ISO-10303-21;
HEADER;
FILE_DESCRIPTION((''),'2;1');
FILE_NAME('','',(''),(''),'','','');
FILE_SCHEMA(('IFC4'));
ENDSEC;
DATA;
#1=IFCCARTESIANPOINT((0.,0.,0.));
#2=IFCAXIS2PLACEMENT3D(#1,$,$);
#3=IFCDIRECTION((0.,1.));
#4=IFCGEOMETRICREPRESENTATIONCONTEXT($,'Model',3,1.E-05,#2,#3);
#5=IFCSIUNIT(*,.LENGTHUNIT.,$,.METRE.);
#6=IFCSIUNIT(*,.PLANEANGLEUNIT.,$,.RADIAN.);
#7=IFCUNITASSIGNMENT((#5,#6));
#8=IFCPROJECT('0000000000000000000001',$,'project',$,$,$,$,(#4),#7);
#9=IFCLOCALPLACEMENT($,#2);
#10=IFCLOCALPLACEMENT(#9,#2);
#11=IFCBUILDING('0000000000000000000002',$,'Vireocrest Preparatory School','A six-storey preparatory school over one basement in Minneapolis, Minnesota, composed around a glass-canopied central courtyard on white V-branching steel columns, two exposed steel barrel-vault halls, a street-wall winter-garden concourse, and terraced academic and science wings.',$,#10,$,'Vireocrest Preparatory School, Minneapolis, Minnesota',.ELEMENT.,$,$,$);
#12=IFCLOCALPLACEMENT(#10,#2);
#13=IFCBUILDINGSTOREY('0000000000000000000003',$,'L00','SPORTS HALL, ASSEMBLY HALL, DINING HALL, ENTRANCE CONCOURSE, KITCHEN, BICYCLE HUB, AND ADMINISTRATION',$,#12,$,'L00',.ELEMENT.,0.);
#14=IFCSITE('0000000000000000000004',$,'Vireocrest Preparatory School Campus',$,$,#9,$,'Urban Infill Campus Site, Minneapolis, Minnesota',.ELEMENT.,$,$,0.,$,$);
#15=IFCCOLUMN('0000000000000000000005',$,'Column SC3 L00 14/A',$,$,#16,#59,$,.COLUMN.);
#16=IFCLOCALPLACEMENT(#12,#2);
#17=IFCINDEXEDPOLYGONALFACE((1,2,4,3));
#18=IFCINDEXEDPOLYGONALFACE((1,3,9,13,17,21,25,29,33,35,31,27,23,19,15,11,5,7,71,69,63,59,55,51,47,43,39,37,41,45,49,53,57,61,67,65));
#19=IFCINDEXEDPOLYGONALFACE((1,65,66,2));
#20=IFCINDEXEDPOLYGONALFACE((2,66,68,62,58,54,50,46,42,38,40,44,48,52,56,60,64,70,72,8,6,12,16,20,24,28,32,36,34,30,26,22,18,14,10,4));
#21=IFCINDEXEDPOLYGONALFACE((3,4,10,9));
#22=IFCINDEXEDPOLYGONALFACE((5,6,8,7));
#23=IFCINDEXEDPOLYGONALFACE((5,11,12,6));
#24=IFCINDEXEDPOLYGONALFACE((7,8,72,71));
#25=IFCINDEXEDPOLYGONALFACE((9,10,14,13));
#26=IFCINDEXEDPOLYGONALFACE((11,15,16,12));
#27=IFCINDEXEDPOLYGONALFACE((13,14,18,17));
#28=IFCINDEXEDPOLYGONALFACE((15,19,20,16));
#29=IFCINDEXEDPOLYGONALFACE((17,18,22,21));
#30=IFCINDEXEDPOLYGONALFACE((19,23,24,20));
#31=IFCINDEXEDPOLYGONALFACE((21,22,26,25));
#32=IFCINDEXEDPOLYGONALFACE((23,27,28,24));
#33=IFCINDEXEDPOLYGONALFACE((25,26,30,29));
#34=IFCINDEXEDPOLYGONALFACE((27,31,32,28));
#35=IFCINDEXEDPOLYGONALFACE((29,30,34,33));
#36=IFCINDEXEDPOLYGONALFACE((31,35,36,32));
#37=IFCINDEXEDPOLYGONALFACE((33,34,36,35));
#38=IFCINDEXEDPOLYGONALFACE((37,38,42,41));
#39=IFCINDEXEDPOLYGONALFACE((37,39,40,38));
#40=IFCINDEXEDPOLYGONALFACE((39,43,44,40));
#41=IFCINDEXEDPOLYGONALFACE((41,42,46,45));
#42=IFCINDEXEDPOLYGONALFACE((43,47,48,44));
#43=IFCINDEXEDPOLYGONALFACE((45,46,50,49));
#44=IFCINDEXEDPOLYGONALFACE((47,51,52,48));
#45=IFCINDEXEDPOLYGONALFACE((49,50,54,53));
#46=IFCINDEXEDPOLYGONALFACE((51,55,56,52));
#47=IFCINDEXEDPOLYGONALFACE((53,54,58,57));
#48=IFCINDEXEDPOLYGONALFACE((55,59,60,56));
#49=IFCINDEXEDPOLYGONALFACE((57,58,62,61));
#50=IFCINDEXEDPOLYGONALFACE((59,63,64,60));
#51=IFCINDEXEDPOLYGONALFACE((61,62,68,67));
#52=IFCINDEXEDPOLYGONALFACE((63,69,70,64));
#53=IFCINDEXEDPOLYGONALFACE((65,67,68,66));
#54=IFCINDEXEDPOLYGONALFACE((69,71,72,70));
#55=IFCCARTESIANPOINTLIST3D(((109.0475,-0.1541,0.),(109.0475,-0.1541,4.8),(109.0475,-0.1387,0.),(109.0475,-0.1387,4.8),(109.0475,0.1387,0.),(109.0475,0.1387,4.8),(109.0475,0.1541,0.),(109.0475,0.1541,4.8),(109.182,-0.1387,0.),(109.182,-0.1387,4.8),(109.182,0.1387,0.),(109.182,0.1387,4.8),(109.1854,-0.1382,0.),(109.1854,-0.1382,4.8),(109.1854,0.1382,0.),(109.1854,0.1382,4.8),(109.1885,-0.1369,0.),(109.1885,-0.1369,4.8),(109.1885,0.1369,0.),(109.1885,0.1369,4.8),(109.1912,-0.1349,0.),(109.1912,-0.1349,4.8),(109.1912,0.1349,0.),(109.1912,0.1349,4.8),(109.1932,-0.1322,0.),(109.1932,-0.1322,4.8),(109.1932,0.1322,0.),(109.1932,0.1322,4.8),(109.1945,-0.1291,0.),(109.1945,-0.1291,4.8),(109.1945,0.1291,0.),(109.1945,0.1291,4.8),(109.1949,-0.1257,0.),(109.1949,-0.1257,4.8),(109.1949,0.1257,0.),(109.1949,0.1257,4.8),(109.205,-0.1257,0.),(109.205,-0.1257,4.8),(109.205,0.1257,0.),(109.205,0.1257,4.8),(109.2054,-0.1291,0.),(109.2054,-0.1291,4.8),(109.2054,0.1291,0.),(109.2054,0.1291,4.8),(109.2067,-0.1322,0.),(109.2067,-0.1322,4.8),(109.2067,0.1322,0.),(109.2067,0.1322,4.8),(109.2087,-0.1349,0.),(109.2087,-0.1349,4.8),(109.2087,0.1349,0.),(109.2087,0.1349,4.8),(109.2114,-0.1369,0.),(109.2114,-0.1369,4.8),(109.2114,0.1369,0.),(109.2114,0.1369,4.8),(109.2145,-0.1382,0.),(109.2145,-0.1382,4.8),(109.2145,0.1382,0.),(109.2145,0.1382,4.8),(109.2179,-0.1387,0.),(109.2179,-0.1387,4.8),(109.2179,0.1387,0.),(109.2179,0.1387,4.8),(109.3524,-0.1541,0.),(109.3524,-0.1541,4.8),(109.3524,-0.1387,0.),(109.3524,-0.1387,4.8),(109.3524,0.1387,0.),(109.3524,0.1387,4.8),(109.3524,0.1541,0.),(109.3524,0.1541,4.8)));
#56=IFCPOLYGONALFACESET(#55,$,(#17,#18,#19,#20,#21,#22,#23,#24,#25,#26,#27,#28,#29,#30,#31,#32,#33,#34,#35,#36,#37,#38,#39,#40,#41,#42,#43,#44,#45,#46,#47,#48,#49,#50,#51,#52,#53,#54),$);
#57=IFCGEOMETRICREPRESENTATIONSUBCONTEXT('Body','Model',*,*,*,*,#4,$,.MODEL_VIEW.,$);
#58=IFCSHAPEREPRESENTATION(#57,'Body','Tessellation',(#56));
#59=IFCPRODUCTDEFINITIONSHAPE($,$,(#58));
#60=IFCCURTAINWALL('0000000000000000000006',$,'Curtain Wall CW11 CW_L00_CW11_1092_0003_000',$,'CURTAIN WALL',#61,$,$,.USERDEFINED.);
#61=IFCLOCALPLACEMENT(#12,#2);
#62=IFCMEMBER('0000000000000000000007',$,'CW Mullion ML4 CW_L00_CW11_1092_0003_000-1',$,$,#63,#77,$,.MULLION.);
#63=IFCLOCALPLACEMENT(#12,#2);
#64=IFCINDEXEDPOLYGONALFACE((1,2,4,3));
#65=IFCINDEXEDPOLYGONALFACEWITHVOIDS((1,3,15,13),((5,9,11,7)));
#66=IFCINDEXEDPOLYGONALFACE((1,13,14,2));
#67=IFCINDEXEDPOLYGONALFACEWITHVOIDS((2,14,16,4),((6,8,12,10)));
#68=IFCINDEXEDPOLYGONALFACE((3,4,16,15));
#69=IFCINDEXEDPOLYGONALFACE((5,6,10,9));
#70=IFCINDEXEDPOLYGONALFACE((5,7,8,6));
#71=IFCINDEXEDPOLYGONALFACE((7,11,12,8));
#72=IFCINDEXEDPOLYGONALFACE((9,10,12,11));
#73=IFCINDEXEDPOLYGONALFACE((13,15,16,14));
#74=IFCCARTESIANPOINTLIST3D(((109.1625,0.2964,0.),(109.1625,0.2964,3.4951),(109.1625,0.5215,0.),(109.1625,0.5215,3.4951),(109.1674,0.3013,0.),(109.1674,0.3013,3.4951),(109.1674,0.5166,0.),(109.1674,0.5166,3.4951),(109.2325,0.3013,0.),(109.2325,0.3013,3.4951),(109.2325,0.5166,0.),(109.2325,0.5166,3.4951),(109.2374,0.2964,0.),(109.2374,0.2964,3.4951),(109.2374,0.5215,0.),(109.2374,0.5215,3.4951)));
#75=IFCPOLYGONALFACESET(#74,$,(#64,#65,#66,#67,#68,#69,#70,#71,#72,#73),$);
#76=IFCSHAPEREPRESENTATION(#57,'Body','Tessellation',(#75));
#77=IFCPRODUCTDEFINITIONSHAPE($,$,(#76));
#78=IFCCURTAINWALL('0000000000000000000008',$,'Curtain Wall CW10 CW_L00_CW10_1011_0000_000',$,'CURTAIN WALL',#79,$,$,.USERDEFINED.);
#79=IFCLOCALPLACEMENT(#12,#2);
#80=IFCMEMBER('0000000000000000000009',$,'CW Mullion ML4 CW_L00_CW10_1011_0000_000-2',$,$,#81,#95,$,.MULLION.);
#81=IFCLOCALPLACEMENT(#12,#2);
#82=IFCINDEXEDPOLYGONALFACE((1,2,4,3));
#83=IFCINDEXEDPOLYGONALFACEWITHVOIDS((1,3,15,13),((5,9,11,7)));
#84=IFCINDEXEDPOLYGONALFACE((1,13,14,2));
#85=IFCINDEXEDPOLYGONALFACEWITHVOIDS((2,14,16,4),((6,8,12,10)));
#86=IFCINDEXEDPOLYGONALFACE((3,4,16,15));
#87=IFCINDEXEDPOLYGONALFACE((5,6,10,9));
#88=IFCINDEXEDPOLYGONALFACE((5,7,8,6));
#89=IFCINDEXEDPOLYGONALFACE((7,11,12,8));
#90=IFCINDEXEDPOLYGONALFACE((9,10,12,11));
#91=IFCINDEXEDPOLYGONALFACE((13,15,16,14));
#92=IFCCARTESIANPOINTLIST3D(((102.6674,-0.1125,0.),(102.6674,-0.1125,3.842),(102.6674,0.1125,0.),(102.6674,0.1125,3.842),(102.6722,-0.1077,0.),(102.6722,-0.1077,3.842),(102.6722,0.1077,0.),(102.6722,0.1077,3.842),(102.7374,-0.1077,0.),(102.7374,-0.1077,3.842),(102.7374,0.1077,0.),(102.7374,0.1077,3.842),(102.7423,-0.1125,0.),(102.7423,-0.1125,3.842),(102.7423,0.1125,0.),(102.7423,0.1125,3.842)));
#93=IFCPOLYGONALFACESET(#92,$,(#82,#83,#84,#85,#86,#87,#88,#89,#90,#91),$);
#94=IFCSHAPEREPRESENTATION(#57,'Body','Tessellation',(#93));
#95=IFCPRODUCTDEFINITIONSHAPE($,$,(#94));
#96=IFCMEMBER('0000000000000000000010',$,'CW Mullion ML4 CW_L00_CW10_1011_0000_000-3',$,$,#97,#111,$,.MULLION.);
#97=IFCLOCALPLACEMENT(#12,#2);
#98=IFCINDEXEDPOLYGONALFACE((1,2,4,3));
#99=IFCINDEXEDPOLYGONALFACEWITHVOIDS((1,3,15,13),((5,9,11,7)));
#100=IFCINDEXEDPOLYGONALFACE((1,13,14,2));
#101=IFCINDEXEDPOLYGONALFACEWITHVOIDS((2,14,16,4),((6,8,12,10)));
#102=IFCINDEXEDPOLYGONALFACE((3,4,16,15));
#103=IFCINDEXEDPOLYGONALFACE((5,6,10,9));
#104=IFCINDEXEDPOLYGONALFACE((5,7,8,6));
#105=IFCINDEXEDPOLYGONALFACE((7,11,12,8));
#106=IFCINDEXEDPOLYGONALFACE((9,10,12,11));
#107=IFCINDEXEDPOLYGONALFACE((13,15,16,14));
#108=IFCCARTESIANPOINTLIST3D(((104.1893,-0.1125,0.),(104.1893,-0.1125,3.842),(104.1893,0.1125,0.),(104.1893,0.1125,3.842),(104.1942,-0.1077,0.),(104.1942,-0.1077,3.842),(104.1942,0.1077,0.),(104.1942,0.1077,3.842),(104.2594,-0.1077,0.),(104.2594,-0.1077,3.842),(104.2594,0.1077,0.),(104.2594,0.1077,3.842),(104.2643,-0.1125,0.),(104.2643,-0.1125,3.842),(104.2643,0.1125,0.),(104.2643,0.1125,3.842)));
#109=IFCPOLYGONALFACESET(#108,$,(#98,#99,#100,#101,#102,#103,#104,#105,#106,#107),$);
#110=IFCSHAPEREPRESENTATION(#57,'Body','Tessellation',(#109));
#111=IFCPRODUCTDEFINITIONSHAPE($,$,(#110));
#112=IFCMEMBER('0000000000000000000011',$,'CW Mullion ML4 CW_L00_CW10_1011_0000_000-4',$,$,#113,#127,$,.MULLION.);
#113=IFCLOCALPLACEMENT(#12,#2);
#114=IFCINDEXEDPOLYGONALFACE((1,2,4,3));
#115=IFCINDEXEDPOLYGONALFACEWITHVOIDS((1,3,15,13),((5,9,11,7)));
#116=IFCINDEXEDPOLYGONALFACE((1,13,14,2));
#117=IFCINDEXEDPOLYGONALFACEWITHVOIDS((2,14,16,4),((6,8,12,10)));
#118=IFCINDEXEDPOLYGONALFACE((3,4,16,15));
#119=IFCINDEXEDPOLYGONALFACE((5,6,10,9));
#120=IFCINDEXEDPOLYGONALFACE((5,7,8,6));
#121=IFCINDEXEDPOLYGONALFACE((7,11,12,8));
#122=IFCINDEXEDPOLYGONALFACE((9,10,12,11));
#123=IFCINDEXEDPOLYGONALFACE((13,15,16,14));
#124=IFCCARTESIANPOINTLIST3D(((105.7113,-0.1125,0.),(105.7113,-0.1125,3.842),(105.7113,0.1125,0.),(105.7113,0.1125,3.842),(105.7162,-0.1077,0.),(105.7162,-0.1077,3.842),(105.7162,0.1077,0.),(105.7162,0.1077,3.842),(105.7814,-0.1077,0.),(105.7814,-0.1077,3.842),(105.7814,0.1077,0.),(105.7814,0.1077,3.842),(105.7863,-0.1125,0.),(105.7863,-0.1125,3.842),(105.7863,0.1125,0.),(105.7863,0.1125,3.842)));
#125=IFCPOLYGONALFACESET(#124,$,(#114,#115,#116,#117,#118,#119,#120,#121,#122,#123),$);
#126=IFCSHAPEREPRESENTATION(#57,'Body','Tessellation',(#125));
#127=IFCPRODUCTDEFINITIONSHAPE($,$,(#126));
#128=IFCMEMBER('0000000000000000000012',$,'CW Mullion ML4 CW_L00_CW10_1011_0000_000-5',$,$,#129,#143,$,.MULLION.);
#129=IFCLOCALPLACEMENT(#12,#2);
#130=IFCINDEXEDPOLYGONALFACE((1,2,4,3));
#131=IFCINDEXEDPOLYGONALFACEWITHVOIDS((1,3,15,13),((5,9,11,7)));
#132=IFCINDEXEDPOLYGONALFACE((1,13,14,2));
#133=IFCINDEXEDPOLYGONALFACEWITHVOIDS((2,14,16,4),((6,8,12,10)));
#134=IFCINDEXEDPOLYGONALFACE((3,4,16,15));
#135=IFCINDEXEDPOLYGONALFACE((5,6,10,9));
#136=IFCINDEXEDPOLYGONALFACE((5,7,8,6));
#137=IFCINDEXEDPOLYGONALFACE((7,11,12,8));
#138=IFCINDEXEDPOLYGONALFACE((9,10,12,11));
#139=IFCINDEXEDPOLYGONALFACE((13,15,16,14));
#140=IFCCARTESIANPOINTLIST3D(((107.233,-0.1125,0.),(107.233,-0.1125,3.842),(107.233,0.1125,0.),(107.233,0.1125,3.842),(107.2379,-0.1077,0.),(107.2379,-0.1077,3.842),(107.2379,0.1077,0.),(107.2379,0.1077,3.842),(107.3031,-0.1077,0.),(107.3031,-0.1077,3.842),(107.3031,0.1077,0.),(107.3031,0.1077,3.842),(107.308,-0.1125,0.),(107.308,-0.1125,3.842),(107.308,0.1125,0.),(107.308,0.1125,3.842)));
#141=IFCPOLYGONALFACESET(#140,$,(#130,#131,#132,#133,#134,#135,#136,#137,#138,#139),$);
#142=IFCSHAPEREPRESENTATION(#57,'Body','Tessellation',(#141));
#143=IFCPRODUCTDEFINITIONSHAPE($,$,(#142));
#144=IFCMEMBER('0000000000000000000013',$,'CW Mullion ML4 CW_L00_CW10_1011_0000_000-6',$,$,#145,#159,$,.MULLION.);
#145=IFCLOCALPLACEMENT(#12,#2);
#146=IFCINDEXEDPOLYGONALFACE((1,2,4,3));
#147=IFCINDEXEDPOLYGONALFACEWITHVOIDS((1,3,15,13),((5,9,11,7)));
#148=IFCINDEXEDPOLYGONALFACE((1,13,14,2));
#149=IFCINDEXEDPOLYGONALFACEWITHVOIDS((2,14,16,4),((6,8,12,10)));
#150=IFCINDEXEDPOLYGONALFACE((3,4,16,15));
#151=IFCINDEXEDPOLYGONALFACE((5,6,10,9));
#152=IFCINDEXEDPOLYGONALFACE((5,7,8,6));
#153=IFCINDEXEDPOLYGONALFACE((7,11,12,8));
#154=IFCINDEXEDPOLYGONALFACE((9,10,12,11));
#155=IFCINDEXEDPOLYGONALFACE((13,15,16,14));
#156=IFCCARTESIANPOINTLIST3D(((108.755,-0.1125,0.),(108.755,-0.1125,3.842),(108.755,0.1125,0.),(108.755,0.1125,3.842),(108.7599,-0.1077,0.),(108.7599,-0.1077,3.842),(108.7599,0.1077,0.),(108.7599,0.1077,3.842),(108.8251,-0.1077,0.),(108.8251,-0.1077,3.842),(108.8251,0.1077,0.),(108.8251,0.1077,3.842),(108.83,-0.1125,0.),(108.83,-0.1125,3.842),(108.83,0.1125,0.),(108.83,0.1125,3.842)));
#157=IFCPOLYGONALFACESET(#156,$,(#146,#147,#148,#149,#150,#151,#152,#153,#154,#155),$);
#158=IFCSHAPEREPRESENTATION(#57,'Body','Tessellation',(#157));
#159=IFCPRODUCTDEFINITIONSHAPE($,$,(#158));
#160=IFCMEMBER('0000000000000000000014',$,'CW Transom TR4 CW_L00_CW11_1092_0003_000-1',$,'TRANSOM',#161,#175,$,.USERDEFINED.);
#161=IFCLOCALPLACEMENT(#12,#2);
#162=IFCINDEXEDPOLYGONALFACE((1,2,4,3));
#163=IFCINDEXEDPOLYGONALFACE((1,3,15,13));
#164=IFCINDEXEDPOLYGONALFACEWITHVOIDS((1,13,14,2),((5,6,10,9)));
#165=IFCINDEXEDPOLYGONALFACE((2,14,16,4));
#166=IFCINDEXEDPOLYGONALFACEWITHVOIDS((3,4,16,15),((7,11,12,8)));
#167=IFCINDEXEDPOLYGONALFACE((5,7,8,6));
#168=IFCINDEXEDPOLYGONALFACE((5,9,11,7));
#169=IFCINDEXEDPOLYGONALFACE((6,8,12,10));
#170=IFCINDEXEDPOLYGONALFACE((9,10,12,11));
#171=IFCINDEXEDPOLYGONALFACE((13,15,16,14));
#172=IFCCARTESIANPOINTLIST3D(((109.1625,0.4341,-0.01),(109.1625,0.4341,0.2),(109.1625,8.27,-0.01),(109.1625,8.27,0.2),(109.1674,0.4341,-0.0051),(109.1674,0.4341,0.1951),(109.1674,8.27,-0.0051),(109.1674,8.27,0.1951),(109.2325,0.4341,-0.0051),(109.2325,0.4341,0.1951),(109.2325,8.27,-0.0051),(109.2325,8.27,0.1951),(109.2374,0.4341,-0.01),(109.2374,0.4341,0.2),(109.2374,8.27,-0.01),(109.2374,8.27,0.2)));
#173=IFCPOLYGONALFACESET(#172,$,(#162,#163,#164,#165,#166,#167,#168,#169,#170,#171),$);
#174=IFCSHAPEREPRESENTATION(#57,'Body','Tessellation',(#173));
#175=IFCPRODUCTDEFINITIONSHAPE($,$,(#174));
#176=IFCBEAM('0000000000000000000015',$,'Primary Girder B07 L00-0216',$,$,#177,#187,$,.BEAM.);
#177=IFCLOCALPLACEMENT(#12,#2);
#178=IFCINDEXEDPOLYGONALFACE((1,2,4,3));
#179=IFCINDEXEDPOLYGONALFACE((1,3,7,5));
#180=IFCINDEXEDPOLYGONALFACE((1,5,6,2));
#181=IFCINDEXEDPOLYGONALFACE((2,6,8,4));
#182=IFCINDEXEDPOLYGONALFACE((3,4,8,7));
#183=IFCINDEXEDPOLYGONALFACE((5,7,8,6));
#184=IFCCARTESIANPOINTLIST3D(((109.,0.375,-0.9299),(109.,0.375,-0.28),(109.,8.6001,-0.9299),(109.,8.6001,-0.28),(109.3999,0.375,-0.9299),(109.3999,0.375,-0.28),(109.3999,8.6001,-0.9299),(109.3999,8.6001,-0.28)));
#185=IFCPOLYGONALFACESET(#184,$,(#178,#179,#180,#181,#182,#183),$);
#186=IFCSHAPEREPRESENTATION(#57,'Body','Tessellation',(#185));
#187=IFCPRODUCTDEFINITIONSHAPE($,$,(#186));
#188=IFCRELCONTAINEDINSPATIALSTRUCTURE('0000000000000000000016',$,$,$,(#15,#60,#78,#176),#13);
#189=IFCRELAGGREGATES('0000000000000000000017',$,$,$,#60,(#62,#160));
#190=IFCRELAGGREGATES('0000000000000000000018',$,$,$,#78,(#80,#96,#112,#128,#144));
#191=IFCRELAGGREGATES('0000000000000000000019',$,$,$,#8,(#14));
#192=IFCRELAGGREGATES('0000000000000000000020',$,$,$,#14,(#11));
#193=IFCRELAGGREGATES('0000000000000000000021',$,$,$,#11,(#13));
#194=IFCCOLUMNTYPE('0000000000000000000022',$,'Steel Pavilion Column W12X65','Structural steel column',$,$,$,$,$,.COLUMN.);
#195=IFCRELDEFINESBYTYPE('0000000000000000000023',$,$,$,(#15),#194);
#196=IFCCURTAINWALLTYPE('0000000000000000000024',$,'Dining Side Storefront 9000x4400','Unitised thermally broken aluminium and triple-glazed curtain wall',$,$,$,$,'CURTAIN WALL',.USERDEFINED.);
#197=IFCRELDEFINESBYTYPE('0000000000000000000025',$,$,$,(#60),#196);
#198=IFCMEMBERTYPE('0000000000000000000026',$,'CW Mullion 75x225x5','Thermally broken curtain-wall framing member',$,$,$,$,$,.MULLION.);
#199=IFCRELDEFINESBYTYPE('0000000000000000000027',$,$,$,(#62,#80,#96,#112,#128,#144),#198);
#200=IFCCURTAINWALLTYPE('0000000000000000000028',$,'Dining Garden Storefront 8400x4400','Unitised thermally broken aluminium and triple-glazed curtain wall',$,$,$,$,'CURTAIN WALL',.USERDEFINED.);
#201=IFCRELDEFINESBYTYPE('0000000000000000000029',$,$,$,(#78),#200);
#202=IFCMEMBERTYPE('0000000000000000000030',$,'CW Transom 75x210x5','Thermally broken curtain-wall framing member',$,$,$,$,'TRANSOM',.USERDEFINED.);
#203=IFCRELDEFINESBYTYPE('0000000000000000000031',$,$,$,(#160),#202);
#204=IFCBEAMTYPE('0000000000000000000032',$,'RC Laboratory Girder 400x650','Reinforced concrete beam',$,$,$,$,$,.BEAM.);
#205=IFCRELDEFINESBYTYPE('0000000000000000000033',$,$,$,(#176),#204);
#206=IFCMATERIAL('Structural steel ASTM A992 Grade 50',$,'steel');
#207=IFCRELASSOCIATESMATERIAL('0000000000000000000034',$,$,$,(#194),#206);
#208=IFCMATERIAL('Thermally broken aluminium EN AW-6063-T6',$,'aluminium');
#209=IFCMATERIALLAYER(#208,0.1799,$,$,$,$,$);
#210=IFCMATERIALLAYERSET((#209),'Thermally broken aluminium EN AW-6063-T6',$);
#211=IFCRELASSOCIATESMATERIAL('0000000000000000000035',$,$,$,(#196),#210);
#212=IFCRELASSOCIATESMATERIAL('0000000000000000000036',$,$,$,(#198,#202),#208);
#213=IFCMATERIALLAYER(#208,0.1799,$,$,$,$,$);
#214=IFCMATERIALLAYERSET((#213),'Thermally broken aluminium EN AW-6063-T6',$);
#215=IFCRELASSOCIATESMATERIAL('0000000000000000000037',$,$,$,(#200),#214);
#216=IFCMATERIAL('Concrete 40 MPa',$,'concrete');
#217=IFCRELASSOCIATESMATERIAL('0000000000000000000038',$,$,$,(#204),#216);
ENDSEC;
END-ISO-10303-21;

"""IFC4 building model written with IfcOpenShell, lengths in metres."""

from ifc_helpers import new_model, si_unit, direction, frame, origin, origin_2d, place, context, subcontext, project, spatial, rectangle, hollow_rectangle, i_section, extrude, material, layer, layer_set, material_profile, profile_set, type_object, element, aggregate, save


model = new_model("IFC4")

# Units and contexts
model_context = context("Model", 3, precision=1e-05, world=origin(), true_north=direction((0.0, 1.0)))
body_context = subcontext(model_context, "Body", "Model", "MODEL_VIEW")
ifc_project = project(units=[si_unit("LENGTHUNIT", "METRE"), si_unit("PLANEANGLEUNIT", "RADIAN")], contexts=[model_context])

# Site, building, storey
site_placement = place(None, origin())
site = spatial("IfcSite", under=ifc_project, at=site_placement, Name="Vireocrest Preparatory School Campus", LongName="Urban Infill Campus Site, Minneapolis, Minnesota", CompositionType="ELEMENT", RefElevation=0.0)
building_placement = place(site_placement, origin())
building = spatial("IfcBuilding", under=site, at=building_placement, Name="Vireocrest Preparatory School", Description="A six-storey preparatory school over one basement in Minneapolis, Minnesota, composed around a glass-canopied central courtyard on white V-branching steel columns, two exposed steel barrel-vault halls, a street-wall winter-garden concourse, and terraced academic and science wings.", LongName="Vireocrest Preparatory School, Minneapolis, Minnesota", CompositionType="ELEMENT")
storey_placement = place(building_placement, origin())
storey = spatial("IfcBuildingStorey", under=building, at=storey_placement, Name="L00", Description="SPORTS HALL, ASSEMBLY HALL, DINING HALL, ENTRANCE CONCOURSE, KITCHEN, BICYCLE HUB, AND ADMINISTRATION", LongName="L00", CompositionType="ELEMENT", Elevation=0.0)

# Column
ifc_material_1 = material(Name="Structural steel ASTM A992 Grade 50", Category="steel")
ifc_material_profile_1 = material_profile(ifc_material_1, i_section(OverallWidth=0.3049, OverallDepth=0.3081, WebThickness=0.01, FlangeThickness=0.0154, FilletRadius=0.0129, at=origin_2d()), Name="W12X65")
ifc_profile_set_1 = profile_set([ifc_material_profile_1], Name="Structural steel ASTM A992 Grade 50")
column_type = type_object("IfcColumnType", Name="Steel Pavilion Column W12X65", Description="Structural steel column", PredefinedType="COLUMN", material=ifc_profile_set_1)
column_placement = place(storey_placement, frame((109.2, 0.0, 0.0), z_axis=(0.0, 0.0, 1.0), x_axis=(1.0, 0.0, 0.0)))
element("IfcColumn", 1, at=column_placement, inside=storey, type_object=column_type, Name="Column SC3 L00 14/A", PredefinedType="COLUMN", context=body_context, shape_type="SweptSolid", body=[
    extrude(i_section(OverallWidth=0.3049, OverallDepth=0.3081, WebThickness=0.01, FlangeThickness=0.0154, FilletRadius=0.0129, at=origin_2d()), origin(), (0.0, 0.0, 1.0), 4.8),
])

# Curtain wall, member
ifc_material_2 = material(Name="Thermally broken aluminium EN AW-6063-T6", Category="aluminium")
ifc_layer_1 = layer(ifc_material_2, 0.1799)
ifc_layer_set_1 = layer_set([ifc_layer_1], Name="Thermally broken aluminium EN AW-6063-T6")
curtain_wall_type_1 = type_object("IfcCurtainWallType", Name="Dining Side Storefront 9000x4400", Description="Unitised thermally broken aluminium and triple-glazed curtain wall", ElementType="CURTAIN WALL", PredefinedType="USERDEFINED", material=ifc_layer_set_1)
curtain_wall_1_placement = place(storey_placement, origin())
curtain_wall_1 = element("IfcCurtainWall", 2, at=curtain_wall_1_placement, inside=storey, type_object=curtain_wall_type_1, Name="Curtain Wall CW11 CW_L00_CW11_1092_0003_000", ObjectType="CURTAIN WALL", PredefinedType="USERDEFINED")
ifc_material_profile_2 = material_profile(ifc_material_2, hollow_rectangle(XDim=0.075, YDim=0.2251, WallThickness=0.0049, at=origin_2d()), Name="ALU 75x225x5")
ifc_profile_set_2 = profile_set([ifc_material_profile_2], Name="Thermally broken aluminium EN AW-6063-T6")
member_type_1 = type_object("IfcMemberType", Name="CW Mullion 75x225x5", Description="Thermally broken curtain-wall framing member", PredefinedType="MULLION", material=ifc_profile_set_2)
member_1_placement = place(storey_placement, frame((109.2, 0.4089, 0.0), z_axis=(0.0, 0.0, 1.0), x_axis=(1.0, 0.0, 0.0)))
member_1 = element("IfcMember", 3, at=member_1_placement, type_object=member_type_1, Name="CW Mullion ML4 CW_L00_CW11_1092_0003_000-1", PredefinedType="MULLION", context=body_context, shape_type="SweptSolid", body=[
    extrude(hollow_rectangle(XDim=0.075, YDim=0.2251, WallThickness=0.0049, at=origin_2d()), origin(), (0.0, 0.0, 1.0), 3.4951),
])

# Curtain wall, members
ifc_layer_2 = layer(ifc_material_2, 0.1799)
ifc_layer_set_2 = layer_set([ifc_layer_2], Name="Thermally broken aluminium EN AW-6063-T6")
curtain_wall_type_2 = type_object("IfcCurtainWallType", Name="Dining Garden Storefront 8400x4400", Description="Unitised thermally broken aluminium and triple-glazed curtain wall", ElementType="CURTAIN WALL", PredefinedType="USERDEFINED", material=ifc_layer_set_2)
curtain_wall_2_placement = place(storey_placement, origin())
curtain_wall_2 = element("IfcCurtainWall", 4, at=curtain_wall_2_placement, inside=storey, type_object=curtain_wall_type_2, Name="Curtain Wall CW10 CW_L00_CW10_1011_0000_000", ObjectType="CURTAIN WALL", PredefinedType="USERDEFINED")
member_2_placement = place(storey_placement, frame((102.7048, 0.0, 0.0), z_axis=(0.0, 0.0, 1.0), x_axis=(1.0, 0.0, 0.0)))
member_2 = element("IfcMember", 5, at=member_2_placement, type_object=member_type_1, Name="CW Mullion ML4 CW_L00_CW10_1011_0000_000-2", PredefinedType="MULLION", context=body_context, shape_type="SweptSolid", body=[
    extrude(hollow_rectangle(XDim=0.075, YDim=0.2251, WallThickness=0.0049, at=origin_2d()), origin(), (0.0, 0.0, 1.0), 3.842),
])
member_3_placement = place(storey_placement, frame((104.2268, 0.0, 0.0), z_axis=(0.0, 0.0, 1.0), x_axis=(1.0, 0.0, 0.0)))
member_3 = element("IfcMember", 6, at=member_3_placement, type_object=member_type_1, Name="CW Mullion ML4 CW_L00_CW10_1011_0000_000-3", PredefinedType="MULLION", context=body_context, shape_type="SweptSolid", body=[
    extrude(hollow_rectangle(XDim=0.075, YDim=0.2251, WallThickness=0.0049, at=origin_2d()), origin(), (0.0, 0.0, 1.0), 3.842),
])
member_4_placement = place(storey_placement, frame((105.7488, 0.0, 0.0), z_axis=(0.0, 0.0, 1.0), x_axis=(1.0, 0.0, 0.0)))
member_4 = element("IfcMember", 7, at=member_4_placement, type_object=member_type_1, Name="CW Mullion ML4 CW_L00_CW10_1011_0000_000-4", PredefinedType="MULLION", context=body_context, shape_type="SweptSolid", body=[
    extrude(hollow_rectangle(XDim=0.075, YDim=0.2251, WallThickness=0.0049, at=origin_2d()), origin(), (0.0, 0.0, 1.0), 3.842),
])
member_5_placement = place(storey_placement, frame((107.2705, 0.0, 0.0), z_axis=(0.0, 0.0, 1.0), x_axis=(1.0, 0.0, 0.0)))
member_5 = element("IfcMember", 8, at=member_5_placement, type_object=member_type_1, Name="CW Mullion ML4 CW_L00_CW10_1011_0000_000-5", PredefinedType="MULLION", context=body_context, shape_type="SweptSolid", body=[
    extrude(hollow_rectangle(XDim=0.075, YDim=0.2251, WallThickness=0.0049, at=origin_2d()), origin(), (0.0, 0.0, 1.0), 3.842),
])
member_6_placement = place(storey_placement, frame((108.7925, 0.0, 0.0), z_axis=(0.0, 0.0, 1.0), x_axis=(1.0, 0.0, 0.0)))
member_6 = element("IfcMember", 9, at=member_6_placement, type_object=member_type_1, Name="CW Mullion ML4 CW_L00_CW10_1011_0000_000-6", PredefinedType="MULLION", context=body_context, shape_type="SweptSolid", body=[
    extrude(hollow_rectangle(XDim=0.075, YDim=0.2251, WallThickness=0.0049, at=origin_2d()), origin(), (0.0, 0.0, 1.0), 3.842),
])

# Member
ifc_material_profile_3 = material_profile(ifc_material_2, hollow_rectangle(XDim=0.075, YDim=0.21, WallThickness=0.0049, at=origin_2d()), Name="ALU 75x210x5")
ifc_profile_set_3 = profile_set([ifc_material_profile_3], Name="Thermally broken aluminium EN AW-6063-T6")
member_type_2 = type_object("IfcMemberType", Name="CW Transom 75x210x5", Description="Thermally broken curtain-wall framing member", ElementType="TRANSOM", PredefinedType="USERDEFINED", material=ifc_profile_set_3)
member_7_placement = place(storey_placement, frame((109.2, 0.4341, 0.095), z_axis=(0.0, 1.0, 0.0), x_axis=(-1.0, 0.0, 0.0)))
member_7 = element("IfcMember", 10, at=member_7_placement, type_object=member_type_2, Name="CW Transom TR4 CW_L00_CW11_1092_0003_000-1", ObjectType="TRANSOM", PredefinedType="USERDEFINED", context=body_context, shape_type="SweptSolid", body=[
    extrude(hollow_rectangle(XDim=0.075, YDim=0.21, WallThickness=0.0049, at=origin_2d()), origin(), (0.0, 0.0, 1.0), 7.8359),
])
aggregate(curtain_wall_1, [member_1, member_7])

# Beam
ifc_material_3 = material(Name="Concrete 40 MPa", Category="concrete")
ifc_material_profile_4 = material_profile(ifc_material_3, rectangle(XDim=0.3999, YDim=0.6499, at=origin_2d()), Name="RC 400x650")
ifc_profile_set_4 = profile_set([ifc_material_profile_4], Name="Concrete 40 MPa")
beam_type = type_object("IfcBeamType", Name="RC Laboratory Girder 400x650", Description="Reinforced concrete beam", PredefinedType="BEAM", material=ifc_profile_set_4)
beam_placement = place(storey_placement, frame((109.2, 0.375, -0.605), z_axis=(0.0, 1.0, 0.0), x_axis=(-1.0, 0.0, 0.0)))
element("IfcBeam", 11, at=beam_placement, inside=storey, type_object=beam_type, Name="Primary Girder B07 L00-0216", PredefinedType="BEAM", context=body_context, shape_type="SweptSolid", body=[
    extrude(rectangle(XDim=0.3999, YDim=0.6499, at=origin_2d()), origin(), (0.0, 0.0, 1.0), 8.2251),
])

aggregate(curtain_wall_2, [member_2, member_3, member_4, member_5, member_6])

save(model, "model.ifc")
